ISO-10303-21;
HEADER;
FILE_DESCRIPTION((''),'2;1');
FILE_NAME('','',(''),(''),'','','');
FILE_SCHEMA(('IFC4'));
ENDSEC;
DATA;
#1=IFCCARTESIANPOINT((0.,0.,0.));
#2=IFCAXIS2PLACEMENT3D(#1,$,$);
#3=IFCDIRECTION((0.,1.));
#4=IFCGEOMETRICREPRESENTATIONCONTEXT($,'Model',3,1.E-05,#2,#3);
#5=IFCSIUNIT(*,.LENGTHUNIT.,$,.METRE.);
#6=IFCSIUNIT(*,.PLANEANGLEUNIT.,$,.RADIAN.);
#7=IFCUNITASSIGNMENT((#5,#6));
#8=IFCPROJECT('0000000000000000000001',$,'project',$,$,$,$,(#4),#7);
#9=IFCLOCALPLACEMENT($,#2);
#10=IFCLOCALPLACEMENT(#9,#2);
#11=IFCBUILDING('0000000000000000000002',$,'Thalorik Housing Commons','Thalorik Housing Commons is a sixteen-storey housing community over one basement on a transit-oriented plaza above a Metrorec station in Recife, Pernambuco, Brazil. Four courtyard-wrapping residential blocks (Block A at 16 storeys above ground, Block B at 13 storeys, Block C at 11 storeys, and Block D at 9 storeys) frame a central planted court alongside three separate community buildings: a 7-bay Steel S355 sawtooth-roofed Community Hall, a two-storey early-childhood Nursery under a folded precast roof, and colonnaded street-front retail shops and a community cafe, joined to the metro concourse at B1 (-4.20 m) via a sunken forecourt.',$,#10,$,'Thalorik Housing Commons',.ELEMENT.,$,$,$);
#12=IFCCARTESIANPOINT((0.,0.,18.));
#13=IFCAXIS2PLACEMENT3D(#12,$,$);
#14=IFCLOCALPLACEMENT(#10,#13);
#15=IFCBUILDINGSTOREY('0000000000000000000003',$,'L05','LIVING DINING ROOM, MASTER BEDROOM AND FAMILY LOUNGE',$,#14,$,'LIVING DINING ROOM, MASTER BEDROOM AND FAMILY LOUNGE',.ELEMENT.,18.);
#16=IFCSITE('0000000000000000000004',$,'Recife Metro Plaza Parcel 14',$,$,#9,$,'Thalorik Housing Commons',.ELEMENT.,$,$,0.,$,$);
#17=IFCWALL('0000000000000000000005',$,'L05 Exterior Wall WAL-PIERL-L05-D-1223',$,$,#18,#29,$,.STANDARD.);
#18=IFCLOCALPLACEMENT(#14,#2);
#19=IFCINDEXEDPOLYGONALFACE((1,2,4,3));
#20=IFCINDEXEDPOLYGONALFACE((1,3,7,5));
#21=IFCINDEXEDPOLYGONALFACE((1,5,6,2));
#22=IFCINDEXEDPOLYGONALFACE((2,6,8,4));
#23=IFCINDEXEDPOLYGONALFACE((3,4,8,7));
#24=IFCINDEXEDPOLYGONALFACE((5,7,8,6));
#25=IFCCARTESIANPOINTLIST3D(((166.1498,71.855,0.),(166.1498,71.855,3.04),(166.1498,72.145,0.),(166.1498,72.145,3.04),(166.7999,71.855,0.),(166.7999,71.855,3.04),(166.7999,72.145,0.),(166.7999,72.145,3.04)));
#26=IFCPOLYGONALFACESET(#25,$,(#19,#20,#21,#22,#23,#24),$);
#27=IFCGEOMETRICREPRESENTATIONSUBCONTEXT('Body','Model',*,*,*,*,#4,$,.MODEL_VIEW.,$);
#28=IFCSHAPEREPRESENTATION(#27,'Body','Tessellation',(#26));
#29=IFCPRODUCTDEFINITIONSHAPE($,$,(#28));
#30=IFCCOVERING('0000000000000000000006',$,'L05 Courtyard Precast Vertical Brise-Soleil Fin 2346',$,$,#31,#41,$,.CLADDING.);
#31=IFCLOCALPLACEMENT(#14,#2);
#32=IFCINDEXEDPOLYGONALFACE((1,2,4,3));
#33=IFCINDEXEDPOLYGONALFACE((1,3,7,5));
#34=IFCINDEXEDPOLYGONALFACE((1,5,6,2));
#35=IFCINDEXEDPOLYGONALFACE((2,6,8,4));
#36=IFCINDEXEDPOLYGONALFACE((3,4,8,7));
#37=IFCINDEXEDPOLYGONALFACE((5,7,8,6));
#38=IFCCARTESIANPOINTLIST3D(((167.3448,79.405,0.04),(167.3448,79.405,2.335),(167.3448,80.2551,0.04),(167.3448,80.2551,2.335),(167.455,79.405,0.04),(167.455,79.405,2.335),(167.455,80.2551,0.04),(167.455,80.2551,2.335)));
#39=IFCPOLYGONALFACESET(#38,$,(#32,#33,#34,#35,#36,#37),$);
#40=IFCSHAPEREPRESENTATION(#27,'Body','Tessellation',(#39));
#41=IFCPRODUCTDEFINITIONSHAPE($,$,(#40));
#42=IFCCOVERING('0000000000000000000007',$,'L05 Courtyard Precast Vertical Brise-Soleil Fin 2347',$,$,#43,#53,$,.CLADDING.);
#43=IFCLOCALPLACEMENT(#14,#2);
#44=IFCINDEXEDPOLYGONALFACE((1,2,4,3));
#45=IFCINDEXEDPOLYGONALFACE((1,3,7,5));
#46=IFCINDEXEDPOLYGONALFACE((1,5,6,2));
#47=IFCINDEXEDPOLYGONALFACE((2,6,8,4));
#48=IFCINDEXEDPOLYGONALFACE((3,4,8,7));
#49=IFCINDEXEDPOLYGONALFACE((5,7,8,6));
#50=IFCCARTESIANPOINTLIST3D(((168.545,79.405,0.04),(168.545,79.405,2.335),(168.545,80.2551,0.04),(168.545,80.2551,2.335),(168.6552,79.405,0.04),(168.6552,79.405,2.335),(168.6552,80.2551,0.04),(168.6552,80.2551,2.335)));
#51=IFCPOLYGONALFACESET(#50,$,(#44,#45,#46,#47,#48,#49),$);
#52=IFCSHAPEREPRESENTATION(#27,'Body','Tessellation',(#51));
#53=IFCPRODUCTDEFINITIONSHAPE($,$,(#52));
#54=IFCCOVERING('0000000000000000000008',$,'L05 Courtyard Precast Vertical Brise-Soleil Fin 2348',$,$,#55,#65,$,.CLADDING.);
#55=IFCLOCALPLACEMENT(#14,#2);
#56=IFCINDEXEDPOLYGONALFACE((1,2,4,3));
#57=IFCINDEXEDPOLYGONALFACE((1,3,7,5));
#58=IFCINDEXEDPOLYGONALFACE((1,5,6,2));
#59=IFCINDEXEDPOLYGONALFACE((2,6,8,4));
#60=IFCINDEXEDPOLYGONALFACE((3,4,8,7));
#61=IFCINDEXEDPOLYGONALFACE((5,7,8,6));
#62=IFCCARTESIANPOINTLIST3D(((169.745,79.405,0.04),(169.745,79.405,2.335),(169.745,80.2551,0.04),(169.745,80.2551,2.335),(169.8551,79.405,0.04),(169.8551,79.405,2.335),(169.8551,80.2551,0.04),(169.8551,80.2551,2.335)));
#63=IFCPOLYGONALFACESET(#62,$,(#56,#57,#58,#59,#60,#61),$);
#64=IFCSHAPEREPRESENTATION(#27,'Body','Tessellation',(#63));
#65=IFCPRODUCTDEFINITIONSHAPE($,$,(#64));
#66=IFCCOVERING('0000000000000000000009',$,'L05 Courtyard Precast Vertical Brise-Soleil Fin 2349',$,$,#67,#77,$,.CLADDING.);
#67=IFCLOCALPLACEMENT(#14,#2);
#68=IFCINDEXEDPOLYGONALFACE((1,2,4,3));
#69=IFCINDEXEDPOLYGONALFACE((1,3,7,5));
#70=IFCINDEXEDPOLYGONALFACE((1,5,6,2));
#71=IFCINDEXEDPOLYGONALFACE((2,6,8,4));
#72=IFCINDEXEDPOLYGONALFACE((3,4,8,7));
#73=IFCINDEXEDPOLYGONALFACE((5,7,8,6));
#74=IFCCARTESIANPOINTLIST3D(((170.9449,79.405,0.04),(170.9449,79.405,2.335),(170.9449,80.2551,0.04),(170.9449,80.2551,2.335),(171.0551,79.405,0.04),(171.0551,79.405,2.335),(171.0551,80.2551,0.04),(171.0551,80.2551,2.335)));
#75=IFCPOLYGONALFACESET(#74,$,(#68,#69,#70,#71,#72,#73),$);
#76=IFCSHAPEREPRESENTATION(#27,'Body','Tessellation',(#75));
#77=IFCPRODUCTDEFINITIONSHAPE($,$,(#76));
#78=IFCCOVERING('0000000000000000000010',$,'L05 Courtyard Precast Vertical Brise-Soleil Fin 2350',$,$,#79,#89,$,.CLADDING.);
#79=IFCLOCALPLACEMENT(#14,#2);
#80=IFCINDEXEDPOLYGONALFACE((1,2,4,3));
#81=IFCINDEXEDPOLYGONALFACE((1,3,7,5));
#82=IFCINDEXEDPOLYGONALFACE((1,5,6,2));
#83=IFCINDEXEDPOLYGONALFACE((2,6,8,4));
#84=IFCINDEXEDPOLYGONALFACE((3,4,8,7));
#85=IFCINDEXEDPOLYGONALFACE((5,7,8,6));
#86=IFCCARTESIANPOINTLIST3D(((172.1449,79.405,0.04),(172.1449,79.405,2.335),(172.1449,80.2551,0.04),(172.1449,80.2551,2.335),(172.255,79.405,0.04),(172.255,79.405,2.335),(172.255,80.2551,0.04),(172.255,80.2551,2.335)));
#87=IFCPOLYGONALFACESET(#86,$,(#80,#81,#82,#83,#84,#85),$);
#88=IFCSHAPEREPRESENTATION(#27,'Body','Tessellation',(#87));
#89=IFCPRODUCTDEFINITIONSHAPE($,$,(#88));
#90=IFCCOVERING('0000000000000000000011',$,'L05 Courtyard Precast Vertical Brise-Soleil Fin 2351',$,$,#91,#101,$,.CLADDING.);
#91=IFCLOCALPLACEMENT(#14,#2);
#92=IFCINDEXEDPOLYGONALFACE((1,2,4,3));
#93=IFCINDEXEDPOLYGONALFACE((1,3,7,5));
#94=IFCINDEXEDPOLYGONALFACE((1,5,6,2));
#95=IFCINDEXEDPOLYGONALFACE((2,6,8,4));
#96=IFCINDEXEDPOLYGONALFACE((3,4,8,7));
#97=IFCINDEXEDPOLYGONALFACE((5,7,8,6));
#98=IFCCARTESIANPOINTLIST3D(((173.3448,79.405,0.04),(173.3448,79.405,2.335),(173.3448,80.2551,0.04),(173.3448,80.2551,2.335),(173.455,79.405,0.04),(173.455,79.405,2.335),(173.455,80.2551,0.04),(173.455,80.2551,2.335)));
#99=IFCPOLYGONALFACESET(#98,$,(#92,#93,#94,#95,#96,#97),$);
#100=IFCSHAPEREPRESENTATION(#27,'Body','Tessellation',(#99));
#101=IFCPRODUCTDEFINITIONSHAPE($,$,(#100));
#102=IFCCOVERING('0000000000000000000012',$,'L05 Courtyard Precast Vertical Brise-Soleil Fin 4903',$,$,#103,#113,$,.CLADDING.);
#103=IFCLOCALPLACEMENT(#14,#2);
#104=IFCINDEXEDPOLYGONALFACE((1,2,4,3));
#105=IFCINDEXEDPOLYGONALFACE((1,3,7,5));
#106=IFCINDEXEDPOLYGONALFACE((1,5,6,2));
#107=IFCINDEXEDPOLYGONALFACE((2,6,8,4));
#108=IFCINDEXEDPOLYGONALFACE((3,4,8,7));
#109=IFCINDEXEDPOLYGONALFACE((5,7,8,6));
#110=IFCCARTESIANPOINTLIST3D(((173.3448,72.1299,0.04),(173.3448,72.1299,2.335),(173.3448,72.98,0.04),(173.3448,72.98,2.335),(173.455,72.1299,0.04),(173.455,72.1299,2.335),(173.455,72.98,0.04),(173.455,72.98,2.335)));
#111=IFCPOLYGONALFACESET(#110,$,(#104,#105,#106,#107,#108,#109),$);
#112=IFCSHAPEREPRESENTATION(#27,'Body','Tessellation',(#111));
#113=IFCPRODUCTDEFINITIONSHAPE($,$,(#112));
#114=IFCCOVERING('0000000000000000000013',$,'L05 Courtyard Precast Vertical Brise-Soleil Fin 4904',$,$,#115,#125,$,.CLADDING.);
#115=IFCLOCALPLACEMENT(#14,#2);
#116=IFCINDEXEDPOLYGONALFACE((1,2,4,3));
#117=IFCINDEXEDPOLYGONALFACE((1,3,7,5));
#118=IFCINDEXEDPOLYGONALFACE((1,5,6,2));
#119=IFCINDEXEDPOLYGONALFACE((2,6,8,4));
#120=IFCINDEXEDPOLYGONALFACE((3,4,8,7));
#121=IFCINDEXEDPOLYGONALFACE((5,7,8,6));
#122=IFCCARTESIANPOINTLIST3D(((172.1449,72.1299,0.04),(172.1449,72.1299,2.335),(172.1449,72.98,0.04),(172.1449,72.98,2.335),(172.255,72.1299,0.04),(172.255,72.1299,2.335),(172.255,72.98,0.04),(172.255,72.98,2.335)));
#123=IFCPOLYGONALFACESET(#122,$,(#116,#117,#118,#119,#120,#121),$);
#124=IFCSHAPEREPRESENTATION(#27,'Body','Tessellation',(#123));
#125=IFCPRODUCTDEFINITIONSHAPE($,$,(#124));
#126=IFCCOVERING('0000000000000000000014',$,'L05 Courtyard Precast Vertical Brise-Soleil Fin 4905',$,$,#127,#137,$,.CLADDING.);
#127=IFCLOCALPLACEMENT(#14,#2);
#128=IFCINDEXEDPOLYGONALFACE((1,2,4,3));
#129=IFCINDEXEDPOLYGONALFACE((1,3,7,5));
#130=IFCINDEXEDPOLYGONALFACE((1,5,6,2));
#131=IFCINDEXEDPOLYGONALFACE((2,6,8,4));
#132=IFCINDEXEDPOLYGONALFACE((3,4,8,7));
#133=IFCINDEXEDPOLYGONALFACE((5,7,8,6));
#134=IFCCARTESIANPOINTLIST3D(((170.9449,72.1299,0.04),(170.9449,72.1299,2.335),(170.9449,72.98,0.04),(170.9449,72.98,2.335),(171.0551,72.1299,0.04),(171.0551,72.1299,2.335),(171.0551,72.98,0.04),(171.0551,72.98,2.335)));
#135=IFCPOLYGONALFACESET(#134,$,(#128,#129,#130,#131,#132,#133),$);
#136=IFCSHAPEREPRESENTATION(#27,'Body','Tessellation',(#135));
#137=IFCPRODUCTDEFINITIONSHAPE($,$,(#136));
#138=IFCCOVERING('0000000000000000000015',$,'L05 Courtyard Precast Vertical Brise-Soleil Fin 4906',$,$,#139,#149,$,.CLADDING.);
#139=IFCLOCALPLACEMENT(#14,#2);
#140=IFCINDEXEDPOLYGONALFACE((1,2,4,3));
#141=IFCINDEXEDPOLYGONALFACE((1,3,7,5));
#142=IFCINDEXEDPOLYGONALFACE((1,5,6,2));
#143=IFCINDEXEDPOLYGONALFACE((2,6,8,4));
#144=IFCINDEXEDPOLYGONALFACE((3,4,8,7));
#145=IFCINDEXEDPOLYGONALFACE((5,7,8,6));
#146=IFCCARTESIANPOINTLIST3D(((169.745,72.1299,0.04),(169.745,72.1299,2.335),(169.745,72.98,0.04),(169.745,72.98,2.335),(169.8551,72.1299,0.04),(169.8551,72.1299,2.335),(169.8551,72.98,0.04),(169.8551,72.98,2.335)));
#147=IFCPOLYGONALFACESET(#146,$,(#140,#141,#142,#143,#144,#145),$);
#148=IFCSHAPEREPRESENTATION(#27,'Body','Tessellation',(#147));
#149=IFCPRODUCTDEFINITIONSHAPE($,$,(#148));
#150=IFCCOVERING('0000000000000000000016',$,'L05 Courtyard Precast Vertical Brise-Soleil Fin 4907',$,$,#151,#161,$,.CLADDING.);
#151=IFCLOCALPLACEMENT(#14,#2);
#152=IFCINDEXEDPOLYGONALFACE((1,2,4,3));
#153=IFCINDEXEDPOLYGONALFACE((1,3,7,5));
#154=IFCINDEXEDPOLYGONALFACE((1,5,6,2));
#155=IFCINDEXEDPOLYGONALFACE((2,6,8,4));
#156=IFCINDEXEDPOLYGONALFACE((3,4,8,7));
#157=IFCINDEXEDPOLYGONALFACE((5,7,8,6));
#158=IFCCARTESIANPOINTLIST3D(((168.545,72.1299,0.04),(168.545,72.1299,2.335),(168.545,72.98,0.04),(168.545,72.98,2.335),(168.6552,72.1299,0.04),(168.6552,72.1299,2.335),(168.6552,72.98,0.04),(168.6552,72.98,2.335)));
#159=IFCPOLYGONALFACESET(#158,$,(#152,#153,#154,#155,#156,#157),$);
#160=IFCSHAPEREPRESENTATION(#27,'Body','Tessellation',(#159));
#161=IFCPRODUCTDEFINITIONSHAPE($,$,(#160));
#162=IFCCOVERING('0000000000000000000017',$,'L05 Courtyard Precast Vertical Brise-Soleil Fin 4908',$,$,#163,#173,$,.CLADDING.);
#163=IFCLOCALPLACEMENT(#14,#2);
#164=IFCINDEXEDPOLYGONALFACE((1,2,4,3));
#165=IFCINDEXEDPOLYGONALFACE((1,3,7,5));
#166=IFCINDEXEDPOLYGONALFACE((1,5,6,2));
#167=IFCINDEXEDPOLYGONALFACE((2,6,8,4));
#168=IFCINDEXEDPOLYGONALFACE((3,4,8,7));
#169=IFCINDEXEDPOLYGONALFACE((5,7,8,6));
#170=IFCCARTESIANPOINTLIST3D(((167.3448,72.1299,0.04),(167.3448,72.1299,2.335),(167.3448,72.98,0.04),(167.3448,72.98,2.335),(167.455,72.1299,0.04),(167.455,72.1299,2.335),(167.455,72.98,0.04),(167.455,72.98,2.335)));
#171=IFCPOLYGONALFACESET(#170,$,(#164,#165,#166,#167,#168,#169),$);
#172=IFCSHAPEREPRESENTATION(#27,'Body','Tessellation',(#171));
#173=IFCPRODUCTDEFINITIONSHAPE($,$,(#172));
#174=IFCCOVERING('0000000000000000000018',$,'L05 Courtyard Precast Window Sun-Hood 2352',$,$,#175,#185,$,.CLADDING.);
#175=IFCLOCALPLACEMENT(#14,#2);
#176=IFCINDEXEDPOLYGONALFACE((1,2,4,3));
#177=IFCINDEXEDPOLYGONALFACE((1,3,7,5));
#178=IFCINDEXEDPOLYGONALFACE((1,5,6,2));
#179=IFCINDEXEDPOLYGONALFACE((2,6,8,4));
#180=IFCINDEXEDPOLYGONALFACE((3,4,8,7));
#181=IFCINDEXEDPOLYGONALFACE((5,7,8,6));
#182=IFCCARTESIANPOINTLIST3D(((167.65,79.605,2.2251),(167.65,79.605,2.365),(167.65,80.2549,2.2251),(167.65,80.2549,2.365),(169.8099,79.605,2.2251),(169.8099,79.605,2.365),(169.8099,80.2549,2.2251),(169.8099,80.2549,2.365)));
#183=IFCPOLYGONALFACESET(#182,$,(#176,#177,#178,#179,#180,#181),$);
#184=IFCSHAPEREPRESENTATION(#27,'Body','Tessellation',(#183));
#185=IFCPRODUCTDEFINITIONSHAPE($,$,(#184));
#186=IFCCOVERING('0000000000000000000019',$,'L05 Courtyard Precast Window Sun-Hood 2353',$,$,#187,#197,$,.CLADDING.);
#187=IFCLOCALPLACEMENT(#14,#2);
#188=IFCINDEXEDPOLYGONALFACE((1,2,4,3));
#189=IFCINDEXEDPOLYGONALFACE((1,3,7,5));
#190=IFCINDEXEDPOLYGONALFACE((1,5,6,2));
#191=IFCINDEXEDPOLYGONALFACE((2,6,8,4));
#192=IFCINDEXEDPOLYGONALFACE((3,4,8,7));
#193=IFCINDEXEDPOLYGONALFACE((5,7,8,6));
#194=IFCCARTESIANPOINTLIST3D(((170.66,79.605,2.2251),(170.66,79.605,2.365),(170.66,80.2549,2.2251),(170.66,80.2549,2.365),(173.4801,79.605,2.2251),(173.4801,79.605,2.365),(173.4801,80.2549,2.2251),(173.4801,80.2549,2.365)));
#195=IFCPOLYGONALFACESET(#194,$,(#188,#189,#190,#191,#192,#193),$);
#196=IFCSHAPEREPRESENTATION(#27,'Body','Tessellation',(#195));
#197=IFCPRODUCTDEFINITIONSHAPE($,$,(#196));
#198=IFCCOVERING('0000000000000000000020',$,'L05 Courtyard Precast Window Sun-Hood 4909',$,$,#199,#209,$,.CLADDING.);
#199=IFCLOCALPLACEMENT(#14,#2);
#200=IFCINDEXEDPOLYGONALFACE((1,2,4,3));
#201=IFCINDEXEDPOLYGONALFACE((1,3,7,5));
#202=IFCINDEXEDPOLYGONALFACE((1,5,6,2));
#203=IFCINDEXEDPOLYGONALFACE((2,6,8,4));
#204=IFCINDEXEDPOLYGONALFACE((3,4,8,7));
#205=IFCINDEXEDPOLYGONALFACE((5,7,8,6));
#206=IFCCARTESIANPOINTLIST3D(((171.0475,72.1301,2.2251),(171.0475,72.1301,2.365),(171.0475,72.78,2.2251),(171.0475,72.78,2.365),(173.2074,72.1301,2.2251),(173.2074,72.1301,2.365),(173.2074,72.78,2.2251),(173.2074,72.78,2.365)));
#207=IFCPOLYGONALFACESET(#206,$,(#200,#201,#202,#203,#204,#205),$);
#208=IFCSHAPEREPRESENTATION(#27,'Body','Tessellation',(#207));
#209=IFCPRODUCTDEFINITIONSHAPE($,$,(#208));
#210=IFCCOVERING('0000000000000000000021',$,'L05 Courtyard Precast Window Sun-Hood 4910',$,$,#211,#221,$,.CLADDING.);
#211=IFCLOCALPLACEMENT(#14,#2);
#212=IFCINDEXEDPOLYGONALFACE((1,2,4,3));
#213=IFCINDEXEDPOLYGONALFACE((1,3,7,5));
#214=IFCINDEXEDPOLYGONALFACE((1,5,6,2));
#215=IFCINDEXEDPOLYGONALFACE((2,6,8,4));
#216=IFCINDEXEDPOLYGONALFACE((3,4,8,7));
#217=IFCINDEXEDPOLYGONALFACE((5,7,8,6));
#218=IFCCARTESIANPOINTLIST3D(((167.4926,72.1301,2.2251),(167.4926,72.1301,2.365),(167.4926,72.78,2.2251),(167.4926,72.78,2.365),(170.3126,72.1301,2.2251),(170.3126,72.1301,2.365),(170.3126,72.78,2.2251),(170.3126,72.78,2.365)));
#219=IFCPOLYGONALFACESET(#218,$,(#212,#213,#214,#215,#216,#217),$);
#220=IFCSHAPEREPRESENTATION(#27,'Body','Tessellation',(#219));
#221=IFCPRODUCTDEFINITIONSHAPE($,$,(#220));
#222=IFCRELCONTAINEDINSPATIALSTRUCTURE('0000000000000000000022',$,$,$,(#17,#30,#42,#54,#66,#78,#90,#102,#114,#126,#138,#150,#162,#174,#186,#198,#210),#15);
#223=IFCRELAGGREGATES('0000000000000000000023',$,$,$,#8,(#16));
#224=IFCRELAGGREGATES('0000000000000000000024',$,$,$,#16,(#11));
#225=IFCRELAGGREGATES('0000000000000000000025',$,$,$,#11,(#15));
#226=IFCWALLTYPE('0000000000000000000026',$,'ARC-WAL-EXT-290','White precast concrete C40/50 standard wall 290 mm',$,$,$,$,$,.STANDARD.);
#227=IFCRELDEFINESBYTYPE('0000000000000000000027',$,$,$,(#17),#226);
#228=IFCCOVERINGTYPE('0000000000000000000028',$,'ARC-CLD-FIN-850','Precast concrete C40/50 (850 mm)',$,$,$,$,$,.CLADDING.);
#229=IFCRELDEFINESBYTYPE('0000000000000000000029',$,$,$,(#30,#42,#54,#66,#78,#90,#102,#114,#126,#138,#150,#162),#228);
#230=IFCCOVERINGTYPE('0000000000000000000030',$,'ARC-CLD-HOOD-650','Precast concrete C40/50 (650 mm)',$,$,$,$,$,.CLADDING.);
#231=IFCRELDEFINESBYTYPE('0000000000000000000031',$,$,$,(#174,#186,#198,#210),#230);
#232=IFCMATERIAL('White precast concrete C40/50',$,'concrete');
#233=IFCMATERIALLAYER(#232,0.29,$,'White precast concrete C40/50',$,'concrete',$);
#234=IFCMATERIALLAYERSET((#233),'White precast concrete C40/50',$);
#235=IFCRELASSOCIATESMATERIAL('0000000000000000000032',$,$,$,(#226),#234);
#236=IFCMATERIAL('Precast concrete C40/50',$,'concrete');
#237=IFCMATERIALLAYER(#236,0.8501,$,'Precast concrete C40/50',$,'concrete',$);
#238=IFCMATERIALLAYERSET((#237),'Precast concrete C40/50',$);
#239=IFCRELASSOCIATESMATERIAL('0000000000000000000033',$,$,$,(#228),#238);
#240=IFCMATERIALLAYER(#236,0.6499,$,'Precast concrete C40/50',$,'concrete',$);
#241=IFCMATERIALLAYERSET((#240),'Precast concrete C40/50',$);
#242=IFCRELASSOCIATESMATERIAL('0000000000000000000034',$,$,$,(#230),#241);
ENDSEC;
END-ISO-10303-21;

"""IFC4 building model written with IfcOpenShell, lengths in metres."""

from ifc_helpers import new_model, si_unit, direction, frame, frame_2d, origin, origin_2d, place, context, subcontext, project, spatial, rectangle, extrude, material, layer, layer_set, type_object, element, save


model = new_model("IFC4")

# Units and contexts
model_context = context("Model", 3, precision=1e-05, world=origin(), true_north=direction((0.0, 1.0)))
body_context = subcontext(model_context, "Body", "Model", "MODEL_VIEW")
ifc_project = project(units=[si_unit("LENGTHUNIT", "METRE"), si_unit("PLANEANGLEUNIT", "RADIAN")], contexts=[model_context])

# Site, building, storey
site_placement = place(None, origin())
site = spatial("IfcSite", under=ifc_project, at=site_placement, Name="Recife Metro Plaza Parcel 14", LongName="Thalorik Housing Commons", CompositionType="ELEMENT", RefElevation=0.0)
building_placement = place(site_placement, origin())
building = spatial("IfcBuilding", under=site, at=building_placement, Name="Thalorik Housing Commons", Description="Thalorik Housing Commons is a sixteen-storey housing community over one basement on a transit-oriented plaza above a Metrorec station in Recife, Pernambuco, Brazil. Four courtyard-wrapping residential blocks (Block A at 16 storeys above ground, Block B at 13 storeys, Block C at 11 storeys, and Block D at 9 storeys) frame a central planted court alongside three separate community buildings: a 7-bay Steel S355 sawtooth-roofed Community Hall, a two-storey early-childhood Nursery under a folded precast roof, and colonnaded street-front retail shops and a community cafe, joined to the metro concourse at B1 (-4.20 m) via a sunken forecourt.", LongName="Thalorik Housing Commons", CompositionType="ELEMENT")
storey_placement = place(building_placement, frame((0.0, 0.0, 18.0)))
storey = spatial("IfcBuildingStorey", under=building, at=storey_placement, Name="L05", Description="LIVING DINING ROOM, MASTER BEDROOM AND FAMILY LOUNGE", LongName="LIVING DINING ROOM, MASTER BEDROOM AND FAMILY LOUNGE", CompositionType="ELEMENT", Elevation=18.0)

# Shared definitions
ifc_material_1 = material(Name="Precast concrete C40/50", Category="concrete")

# Shared definitions
ifc_material_2 = material(Name="White precast concrete C40/50", Category="concrete")
ifc_layer_1 = layer(ifc_material_2, 0.29, Name="White precast concrete C40/50", Category="concrete")
ifc_layer_set_1 = layer_set([ifc_layer_1], Name="White precast concrete C40/50")
wall_type = type_object("IfcWallType", Name="ARC-WAL-EXT-290", Description="White precast concrete C40/50 standard wall 290 mm", PredefinedType="STANDARD", material=ifc_layer_set_1)

# Wall
wall_1_placement = place(storey_placement, frame((166.8, 72.0, 0.0), z_axis=(0.0, 0.0, 1.0), x_axis=(-1.0, 0.0, 0.0)))
element("IfcWall", 1, at=wall_1_placement, inside=storey, type_object=wall_type, Name="L05 Exterior Wall WAL-PIERL-L05-D-1223", PredefinedType="STANDARD", context=body_context, shape_type="SweptSolid", body=[
    extrude(rectangle(XDim=0.6501, YDim=0.29, at=frame_2d((0.3252, 0.0))), origin(), (0.0, 0.0, 1.0), 3.04),
])

# Coverings
ifc_layer_2 = layer(ifc_material_1, 0.8501, Name="Precast concrete C40/50", Category="concrete")
ifc_layer_set_2 = layer_set([ifc_layer_2], Name="Precast concrete C40/50")
covering_type_1 = type_object("IfcCoveringType", Name="ARC-CLD-FIN-850", Description="Precast concrete C40/50 (850 mm)", PredefinedType="CLADDING", material=ifc_layer_set_2)
for number, where, z_axis, x_axis, name in (
    (2, (167.3999, 79.8301, 0.04), (0.0, 0.0, 1.0), (1.0, 0.0, 0.0), "L05 Courtyard Precast Vertical Brise-Soleil Fin 2346"),
    (3, (168.6001, 79.8301, 0.04), (0.0, 0.0, 1.0), (1.0, 0.0, 0.0), "L05 Courtyard Precast Vertical Brise-Soleil Fin 2347"),
    (4, (169.8, 79.8301, 0.04), (0.0, 0.0, 1.0), (1.0, 0.0, 0.0), "L05 Courtyard Precast Vertical Brise-Soleil Fin 2348"),
    (5, (171.0, 79.8301, 0.04), (0.0, 0.0, 1.0), (1.0, 0.0, 0.0), "L05 Courtyard Precast Vertical Brise-Soleil Fin 2349"),
    (6, (172.2, 79.8301, 0.04), (0.0, 0.0, 1.0), (1.0, 0.0, 0.0), "L05 Courtyard Precast Vertical Brise-Soleil Fin 2350"),
    (7, (173.3999, 79.8301, 0.04), (0.0, 0.0, 1.0), (1.0, 0.0, 0.0), "L05 Courtyard Precast Vertical Brise-Soleil Fin 2351"),
    (8, (173.3999, 72.5549, 0.04), (0.0, 0.0, 1.0), (-1.0, 0.0, 0.0), "L05 Courtyard Precast Vertical Brise-Soleil Fin 4903"),
    (9, (172.2, 72.5549, 0.04), (0.0, 0.0, 1.0), (-1.0, 0.0, 0.0), "L05 Courtyard Precast Vertical Brise-Soleil Fin 4904"),
    (10, (171.0, 72.5549, 0.04), (0.0, 0.0, 1.0), (-1.0, 0.0, 0.0), "L05 Courtyard Precast Vertical Brise-Soleil Fin 4905"),
    (11, (169.8, 72.5549, 0.04), (0.0, 0.0, 1.0), (-1.0, 0.0, 0.0), "L05 Courtyard Precast Vertical Brise-Soleil Fin 4906"),
    (12, (168.6001, 72.5549, 0.04), (0.0, 0.0, 1.0), (-1.0, 0.0, 0.0), "L05 Courtyard Precast Vertical Brise-Soleil Fin 4907"),
    (13, (167.3999, 72.5549, 0.04), (0.0, 0.0, 1.0), (-1.0, 0.0, 0.0), "L05 Courtyard Precast Vertical Brise-Soleil Fin 4908"),
):
    element("IfcCovering", number, at=place(storey_placement, frame(where, z_axis=z_axis, x_axis=x_axis)), inside=storey, type_object=covering_type_1, Name=name, PredefinedType="CLADDING", context=body_context, shape_type="SweptSolid", body=[
        extrude(rectangle(XDim=0.1101, YDim=0.8501, at=origin_2d()), origin(), (0.0, 0.0, 1.0), 2.2949),
    ])
ifc_layer_3 = layer(ifc_material_1, 0.6499, Name="Precast concrete C40/50", Category="concrete")
ifc_layer_set_3 = layer_set([ifc_layer_3], Name="Precast concrete C40/50")
covering_type_2 = type_object("IfcCoveringType", Name="ARC-CLD-HOOD-650", Description="Precast concrete C40/50 (650 mm)", PredefinedType="CLADDING", material=ifc_layer_set_3)
covering_1_placement = place(storey_placement, frame((168.73, 79.9299, 2.2251), z_axis=(0.0, 0.0, 1.0), x_axis=(1.0, 0.0, 0.0)))
element("IfcCovering", 14, at=covering_1_placement, inside=storey, type_object=covering_type_2, Name="L05 Courtyard Precast Window Sun-Hood 2352", PredefinedType="CLADDING", context=body_context, shape_type="SweptSolid", body=[
    extrude(rectangle(XDim=2.1599, YDim=0.6499, at=origin_2d()), origin(), (0.0, 0.0, 1.0), 0.1399),
])
covering_2_placement = place(storey_placement, frame((172.0701, 79.9299, 2.2251), z_axis=(0.0, 0.0, 1.0), x_axis=(1.0, 0.0, 0.0)))
element("IfcCovering", 15, at=covering_2_placement, inside=storey, type_object=covering_type_2, Name="L05 Courtyard Precast Window Sun-Hood 2353", PredefinedType="CLADDING", context=body_context, shape_type="SweptSolid", body=[
    extrude(rectangle(XDim=2.8201, YDim=0.6499, at=origin_2d()), origin(), (0.0, 0.0, 1.0), 0.1399),
])
covering_3_placement = place(storey_placement, frame((172.1274, 72.4551, 2.2251), z_axis=(0.0, 0.0, 1.0), x_axis=(-1.0, 0.0, 0.0)))
element("IfcCovering", 16, at=covering_3_placement, inside=storey, type_object=covering_type_2, Name="L05 Courtyard Precast Window Sun-Hood 4909", PredefinedType="CLADDING", context=body_context, shape_type="SweptSolid", body=[
    extrude(rectangle(XDim=2.1599, YDim=0.6499, at=origin_2d()), origin(), (0.0, 0.0, 1.0), 0.1399),
])
covering_4_placement = place(storey_placement, frame((168.9026, 72.4551, 2.2251), z_axis=(0.0, 0.0, 1.0), x_axis=(-1.0, 0.0, 0.0)))
element("IfcCovering", 17, at=covering_4_placement, inside=storey, type_object=covering_type_2, Name="L05 Courtyard Precast Window Sun-Hood 4910", PredefinedType="CLADDING", context=body_context, shape_type="SweptSolid", body=[
    extrude(rectangle(XDim=2.8201, YDim=0.6499, at=origin_2d()), origin(), (0.0, 0.0, 1.0), 0.1399),
])

save(model, "model.ifc")
